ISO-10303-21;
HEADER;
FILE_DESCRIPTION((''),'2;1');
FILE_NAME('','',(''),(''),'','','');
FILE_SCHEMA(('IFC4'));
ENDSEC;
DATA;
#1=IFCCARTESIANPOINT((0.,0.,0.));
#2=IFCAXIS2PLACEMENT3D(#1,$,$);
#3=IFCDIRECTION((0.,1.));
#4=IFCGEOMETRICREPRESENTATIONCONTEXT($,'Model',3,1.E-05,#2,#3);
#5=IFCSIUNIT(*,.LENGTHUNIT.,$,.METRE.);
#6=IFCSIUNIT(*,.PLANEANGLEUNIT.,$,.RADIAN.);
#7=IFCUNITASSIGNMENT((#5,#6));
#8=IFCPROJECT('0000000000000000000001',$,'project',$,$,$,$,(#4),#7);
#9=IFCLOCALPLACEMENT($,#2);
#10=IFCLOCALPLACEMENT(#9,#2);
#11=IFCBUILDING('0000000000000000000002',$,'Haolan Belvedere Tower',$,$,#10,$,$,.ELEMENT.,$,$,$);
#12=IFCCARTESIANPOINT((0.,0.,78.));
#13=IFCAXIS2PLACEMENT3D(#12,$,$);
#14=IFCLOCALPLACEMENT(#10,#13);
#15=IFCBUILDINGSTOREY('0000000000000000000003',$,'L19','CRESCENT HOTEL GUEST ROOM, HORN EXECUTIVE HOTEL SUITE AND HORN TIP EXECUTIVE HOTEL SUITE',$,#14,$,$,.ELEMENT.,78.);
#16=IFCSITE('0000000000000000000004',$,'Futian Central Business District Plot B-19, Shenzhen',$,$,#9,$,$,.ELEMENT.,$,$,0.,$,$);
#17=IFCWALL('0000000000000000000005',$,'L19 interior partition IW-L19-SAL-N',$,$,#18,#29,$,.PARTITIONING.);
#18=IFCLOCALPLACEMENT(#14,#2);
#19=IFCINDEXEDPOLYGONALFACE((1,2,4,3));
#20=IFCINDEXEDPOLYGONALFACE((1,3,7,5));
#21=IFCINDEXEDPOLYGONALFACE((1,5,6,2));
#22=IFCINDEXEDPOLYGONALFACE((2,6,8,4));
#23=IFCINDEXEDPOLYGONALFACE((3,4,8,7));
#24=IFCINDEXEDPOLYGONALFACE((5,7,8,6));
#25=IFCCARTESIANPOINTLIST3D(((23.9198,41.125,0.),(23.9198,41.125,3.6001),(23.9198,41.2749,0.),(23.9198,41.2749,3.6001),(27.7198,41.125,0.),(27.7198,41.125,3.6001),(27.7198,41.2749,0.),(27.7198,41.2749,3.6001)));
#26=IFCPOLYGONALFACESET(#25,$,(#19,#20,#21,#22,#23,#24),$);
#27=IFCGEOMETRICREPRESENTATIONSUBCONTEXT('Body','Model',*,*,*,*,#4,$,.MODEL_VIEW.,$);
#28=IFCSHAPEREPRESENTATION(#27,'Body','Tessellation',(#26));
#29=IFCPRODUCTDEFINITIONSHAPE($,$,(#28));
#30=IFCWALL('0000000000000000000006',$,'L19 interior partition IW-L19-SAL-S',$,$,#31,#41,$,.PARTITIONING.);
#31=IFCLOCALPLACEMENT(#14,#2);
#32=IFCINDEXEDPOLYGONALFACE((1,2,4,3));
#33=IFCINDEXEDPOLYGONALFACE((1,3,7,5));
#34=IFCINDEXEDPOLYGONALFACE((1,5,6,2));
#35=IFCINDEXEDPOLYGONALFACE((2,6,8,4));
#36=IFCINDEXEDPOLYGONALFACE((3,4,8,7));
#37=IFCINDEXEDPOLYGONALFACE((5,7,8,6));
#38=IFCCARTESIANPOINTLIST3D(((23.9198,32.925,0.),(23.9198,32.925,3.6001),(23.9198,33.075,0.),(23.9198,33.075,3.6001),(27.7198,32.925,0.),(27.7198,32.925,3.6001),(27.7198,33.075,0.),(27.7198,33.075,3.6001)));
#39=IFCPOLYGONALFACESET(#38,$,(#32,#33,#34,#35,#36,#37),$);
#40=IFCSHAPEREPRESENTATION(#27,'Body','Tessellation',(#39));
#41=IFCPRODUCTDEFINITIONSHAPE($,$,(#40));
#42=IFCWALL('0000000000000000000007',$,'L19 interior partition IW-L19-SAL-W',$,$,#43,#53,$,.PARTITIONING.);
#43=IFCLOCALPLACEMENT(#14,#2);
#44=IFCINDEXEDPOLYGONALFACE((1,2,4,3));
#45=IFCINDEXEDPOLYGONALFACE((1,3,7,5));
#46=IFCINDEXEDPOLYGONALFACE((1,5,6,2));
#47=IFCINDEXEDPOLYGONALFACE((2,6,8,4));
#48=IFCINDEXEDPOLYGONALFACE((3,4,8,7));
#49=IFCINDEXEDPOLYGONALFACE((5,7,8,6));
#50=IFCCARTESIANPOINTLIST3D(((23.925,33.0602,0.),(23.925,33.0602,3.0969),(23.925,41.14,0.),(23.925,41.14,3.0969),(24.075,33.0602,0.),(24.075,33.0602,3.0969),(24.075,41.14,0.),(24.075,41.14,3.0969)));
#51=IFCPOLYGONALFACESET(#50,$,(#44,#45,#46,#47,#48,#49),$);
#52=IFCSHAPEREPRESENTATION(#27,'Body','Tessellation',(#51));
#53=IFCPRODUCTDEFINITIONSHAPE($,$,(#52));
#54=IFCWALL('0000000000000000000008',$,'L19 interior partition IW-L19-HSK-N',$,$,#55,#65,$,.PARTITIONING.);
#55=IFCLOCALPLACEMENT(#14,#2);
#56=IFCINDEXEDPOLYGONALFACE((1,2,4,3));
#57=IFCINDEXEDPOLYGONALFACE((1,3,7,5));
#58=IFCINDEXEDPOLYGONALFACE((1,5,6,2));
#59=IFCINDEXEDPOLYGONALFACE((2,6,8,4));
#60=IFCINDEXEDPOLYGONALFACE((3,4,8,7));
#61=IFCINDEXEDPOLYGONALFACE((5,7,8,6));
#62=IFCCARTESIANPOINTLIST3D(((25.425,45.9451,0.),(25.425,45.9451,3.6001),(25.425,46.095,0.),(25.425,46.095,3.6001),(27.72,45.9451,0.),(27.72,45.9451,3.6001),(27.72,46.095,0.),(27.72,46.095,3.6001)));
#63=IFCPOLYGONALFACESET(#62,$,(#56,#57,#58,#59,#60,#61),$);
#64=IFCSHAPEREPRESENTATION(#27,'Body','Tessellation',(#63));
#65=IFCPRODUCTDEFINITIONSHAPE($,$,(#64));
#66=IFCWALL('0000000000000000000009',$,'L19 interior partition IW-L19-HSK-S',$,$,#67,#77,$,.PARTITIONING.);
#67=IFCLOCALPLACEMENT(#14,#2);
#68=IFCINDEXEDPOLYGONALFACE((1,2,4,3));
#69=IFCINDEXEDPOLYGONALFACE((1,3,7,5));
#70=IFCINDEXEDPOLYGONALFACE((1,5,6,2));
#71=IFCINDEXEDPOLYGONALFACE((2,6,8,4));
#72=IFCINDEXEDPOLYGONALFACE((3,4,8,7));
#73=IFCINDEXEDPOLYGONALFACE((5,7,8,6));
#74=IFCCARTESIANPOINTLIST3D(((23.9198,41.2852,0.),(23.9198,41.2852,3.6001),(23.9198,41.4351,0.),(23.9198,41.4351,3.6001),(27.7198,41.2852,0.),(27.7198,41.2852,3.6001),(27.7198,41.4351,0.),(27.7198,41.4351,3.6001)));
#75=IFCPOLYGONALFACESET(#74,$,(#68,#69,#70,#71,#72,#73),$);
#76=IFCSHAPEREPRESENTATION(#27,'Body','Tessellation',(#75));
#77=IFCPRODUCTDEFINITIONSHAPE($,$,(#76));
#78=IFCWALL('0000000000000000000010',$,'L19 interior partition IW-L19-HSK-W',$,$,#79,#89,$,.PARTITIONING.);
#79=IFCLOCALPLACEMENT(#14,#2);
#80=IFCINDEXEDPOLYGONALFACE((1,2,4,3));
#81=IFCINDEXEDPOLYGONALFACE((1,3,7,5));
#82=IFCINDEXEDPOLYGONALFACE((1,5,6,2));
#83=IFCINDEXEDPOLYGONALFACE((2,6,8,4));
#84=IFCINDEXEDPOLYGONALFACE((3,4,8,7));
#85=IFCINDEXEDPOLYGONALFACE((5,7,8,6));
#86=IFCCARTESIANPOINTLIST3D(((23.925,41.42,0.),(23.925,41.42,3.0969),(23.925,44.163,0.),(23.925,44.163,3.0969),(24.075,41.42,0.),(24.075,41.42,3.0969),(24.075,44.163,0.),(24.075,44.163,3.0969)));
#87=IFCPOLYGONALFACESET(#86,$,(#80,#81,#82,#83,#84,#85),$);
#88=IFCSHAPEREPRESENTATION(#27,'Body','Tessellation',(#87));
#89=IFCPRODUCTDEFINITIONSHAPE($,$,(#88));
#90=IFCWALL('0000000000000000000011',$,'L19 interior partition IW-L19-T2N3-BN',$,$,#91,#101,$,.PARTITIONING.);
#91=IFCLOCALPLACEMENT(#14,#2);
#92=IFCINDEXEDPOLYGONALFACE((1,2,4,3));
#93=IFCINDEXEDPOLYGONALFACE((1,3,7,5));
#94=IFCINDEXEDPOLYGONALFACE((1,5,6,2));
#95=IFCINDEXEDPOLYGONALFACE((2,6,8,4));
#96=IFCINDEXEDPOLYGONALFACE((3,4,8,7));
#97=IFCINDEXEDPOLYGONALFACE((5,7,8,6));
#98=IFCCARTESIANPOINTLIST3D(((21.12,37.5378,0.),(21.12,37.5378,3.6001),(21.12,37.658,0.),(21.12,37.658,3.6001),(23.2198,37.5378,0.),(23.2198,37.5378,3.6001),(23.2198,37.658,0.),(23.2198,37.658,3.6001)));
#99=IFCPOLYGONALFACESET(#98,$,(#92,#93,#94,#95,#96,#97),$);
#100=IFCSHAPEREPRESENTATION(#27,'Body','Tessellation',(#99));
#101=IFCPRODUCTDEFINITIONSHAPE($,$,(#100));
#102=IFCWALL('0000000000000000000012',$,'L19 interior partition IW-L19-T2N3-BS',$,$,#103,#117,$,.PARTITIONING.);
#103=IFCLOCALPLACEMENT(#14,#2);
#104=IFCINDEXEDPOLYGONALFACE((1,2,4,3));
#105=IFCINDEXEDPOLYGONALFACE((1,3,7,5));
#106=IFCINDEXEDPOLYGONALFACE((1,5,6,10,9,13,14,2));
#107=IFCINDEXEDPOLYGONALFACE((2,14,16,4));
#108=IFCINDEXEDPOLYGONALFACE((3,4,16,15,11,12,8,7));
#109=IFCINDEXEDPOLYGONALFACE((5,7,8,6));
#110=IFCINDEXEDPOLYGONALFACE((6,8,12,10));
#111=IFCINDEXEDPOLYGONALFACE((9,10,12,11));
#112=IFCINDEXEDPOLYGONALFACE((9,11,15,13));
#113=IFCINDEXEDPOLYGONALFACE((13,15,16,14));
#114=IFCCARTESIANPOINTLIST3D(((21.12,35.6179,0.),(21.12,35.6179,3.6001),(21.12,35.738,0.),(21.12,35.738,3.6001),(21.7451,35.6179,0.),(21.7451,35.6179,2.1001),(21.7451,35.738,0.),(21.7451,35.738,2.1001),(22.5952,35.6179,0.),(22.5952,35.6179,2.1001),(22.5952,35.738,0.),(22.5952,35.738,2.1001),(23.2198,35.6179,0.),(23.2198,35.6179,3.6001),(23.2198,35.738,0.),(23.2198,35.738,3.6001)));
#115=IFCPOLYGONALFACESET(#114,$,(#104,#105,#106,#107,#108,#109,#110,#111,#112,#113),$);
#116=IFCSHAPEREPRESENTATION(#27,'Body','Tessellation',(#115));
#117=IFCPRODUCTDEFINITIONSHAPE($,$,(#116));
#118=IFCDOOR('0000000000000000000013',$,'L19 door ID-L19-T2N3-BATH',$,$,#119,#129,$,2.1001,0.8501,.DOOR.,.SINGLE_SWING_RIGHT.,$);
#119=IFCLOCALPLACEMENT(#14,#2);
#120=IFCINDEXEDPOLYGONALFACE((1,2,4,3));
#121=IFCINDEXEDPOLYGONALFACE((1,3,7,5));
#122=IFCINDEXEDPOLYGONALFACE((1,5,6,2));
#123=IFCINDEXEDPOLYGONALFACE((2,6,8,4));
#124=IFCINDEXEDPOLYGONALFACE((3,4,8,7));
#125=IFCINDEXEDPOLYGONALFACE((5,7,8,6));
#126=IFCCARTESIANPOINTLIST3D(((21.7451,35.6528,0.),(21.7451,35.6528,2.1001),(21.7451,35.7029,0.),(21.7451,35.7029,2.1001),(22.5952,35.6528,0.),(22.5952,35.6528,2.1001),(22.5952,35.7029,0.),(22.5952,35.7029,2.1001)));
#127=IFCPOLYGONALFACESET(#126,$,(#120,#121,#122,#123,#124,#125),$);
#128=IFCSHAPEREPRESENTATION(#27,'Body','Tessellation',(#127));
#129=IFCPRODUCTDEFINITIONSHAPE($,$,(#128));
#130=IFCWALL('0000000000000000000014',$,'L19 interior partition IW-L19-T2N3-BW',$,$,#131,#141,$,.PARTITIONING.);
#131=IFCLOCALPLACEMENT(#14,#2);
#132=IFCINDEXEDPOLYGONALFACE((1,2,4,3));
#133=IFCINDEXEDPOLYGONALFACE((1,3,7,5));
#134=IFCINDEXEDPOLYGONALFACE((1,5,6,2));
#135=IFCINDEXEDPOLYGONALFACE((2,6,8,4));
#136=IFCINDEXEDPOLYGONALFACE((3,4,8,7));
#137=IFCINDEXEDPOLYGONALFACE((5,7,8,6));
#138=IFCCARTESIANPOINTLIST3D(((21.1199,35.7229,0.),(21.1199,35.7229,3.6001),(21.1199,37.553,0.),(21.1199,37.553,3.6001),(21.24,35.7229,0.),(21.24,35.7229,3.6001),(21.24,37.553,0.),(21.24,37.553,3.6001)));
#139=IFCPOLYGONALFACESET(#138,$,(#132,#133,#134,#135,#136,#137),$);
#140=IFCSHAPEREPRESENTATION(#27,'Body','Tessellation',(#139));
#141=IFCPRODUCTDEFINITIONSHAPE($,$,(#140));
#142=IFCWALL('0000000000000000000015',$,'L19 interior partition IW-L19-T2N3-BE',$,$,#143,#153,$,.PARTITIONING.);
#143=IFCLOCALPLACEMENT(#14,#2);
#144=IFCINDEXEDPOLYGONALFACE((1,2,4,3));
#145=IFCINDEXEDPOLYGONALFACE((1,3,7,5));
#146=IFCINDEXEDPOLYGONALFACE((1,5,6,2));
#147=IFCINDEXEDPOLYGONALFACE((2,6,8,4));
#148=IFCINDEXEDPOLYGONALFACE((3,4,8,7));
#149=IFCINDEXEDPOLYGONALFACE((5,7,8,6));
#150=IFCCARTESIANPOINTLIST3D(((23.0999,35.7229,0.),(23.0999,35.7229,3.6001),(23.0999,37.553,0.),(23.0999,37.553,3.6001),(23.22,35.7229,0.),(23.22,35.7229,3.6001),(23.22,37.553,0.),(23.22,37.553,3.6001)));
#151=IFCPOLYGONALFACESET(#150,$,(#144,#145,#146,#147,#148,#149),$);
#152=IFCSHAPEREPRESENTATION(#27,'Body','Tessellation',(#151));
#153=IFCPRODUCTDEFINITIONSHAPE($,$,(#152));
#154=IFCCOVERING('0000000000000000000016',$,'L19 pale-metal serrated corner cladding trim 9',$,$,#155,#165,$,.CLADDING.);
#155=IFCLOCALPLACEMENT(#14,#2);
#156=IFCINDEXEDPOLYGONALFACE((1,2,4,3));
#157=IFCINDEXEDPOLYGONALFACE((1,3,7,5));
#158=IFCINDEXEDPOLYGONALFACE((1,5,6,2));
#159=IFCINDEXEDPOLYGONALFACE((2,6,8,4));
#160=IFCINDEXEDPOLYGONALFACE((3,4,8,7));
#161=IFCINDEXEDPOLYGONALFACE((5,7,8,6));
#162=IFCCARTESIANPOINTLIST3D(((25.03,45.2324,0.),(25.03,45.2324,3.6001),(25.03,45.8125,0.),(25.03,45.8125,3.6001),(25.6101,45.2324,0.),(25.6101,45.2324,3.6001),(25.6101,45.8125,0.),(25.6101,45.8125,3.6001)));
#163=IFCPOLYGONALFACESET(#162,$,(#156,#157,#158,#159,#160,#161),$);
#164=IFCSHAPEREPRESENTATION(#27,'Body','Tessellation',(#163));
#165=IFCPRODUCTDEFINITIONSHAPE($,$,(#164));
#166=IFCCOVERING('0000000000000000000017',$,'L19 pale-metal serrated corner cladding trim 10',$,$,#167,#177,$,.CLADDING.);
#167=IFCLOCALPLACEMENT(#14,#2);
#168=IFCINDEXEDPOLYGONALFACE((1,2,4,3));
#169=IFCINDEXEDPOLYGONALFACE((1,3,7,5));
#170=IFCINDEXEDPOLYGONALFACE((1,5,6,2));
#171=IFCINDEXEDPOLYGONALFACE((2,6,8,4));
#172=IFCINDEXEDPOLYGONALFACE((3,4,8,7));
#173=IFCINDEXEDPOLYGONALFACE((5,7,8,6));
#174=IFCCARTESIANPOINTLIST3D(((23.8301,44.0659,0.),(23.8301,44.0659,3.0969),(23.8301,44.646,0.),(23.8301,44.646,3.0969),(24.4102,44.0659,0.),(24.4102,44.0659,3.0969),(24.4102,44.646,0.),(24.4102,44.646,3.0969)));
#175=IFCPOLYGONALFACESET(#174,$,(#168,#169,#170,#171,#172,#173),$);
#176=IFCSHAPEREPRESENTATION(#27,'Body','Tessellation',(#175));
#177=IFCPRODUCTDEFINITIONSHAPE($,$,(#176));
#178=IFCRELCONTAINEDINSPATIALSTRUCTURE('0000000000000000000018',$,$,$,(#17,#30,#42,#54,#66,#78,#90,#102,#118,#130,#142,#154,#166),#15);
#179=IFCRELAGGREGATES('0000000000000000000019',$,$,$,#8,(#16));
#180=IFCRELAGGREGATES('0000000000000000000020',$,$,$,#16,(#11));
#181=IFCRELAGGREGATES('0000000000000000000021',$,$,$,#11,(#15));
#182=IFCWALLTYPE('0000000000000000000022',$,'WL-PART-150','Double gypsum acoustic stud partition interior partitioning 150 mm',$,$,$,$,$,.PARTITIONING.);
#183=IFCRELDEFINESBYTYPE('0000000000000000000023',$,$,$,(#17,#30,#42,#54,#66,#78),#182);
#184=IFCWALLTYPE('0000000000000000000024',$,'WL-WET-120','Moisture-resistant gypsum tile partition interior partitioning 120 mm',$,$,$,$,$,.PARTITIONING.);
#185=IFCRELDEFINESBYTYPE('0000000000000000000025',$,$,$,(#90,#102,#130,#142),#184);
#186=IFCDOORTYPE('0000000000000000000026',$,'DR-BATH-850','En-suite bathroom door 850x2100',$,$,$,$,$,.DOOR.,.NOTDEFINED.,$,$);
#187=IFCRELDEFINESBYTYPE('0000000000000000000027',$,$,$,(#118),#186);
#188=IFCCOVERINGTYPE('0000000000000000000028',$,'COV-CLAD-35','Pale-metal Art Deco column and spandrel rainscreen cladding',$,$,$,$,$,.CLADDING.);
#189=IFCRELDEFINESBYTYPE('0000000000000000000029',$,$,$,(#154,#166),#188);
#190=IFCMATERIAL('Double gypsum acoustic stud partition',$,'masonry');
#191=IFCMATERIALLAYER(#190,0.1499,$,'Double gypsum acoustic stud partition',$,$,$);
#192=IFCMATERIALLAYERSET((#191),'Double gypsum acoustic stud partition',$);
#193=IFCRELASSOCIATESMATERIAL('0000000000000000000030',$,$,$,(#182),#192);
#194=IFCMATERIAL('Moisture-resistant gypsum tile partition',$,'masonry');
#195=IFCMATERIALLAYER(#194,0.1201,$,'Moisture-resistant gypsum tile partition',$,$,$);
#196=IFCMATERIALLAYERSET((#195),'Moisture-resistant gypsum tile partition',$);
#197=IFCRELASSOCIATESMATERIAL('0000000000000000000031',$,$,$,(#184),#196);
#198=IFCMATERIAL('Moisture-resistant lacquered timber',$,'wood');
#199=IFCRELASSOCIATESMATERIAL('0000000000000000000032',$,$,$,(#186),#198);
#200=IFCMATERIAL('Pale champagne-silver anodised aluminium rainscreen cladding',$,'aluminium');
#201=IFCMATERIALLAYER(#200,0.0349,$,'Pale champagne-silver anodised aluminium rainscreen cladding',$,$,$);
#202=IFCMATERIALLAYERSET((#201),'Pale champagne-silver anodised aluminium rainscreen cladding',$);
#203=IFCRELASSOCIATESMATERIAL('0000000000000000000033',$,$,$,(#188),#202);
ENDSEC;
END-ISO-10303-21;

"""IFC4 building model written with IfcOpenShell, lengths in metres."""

from ifc_helpers import new_model, si_unit, direction, frame, frame_2d, origin, origin_2d, place, context, subcontext, project, spatial, rectangle, extrude, material, layer, layer_set, type_object, element, fill, save


model = new_model("IFC4")

# Units and contexts
model_context = context("Model", 3, precision=1e-05, world=origin(), true_north=direction((0.0, 1.0)))
body_context = subcontext(model_context, "Body", "Model", "MODEL_VIEW")
ifc_project = project(units=[si_unit("LENGTHUNIT", "METRE"), si_unit("PLANEANGLEUNIT", "RADIAN")], contexts=[model_context])

# Site, building, storey
site_placement = place(None, origin())
site = spatial("IfcSite", under=ifc_project, at=site_placement, Name="Futian Central Business District Plot B-19, Shenzhen", CompositionType="ELEMENT", RefElevation=0.0)
building_placement = place(site_placement, origin())
building = spatial("IfcBuilding", under=site, at=building_placement, Name="Haolan Belvedere Tower", CompositionType="ELEMENT")
storey_placement = place(building_placement, frame((0.0, 0.0, 78.0)))
storey = spatial("IfcBuildingStorey", under=building, at=storey_placement, Name="L19", Description="CRESCENT HOTEL GUEST ROOM, HORN EXECUTIVE HOTEL SUITE AND HORN TIP EXECUTIVE HOTEL SUITE", CompositionType="ELEMENT", Elevation=78.0)

# Walls
ifc_material_1 = material(Name="Double gypsum acoustic stud partition", Category="masonry")
ifc_layer_1 = layer(ifc_material_1, 0.1499, Name="Double gypsum acoustic stud partition")
ifc_layer_set_1 = layer_set([ifc_layer_1], Name="Double gypsum acoustic stud partition")
wall_type_1 = type_object("IfcWallType", Name="WL-PART-150", Description="Double gypsum acoustic stud partition interior partitioning 150 mm", PredefinedType="PARTITIONING", material=ifc_layer_set_1)
for number, where, z_axis, x_axis, name in (
    (1, (23.9199, 41.2, 0.0), (0.0, 0.0, 1.0), (1.0, 0.0, 0.0), "L19 interior partition IW-L19-SAL-N"),
    (2, (23.9199, 33.0, 0.0), (0.0, 0.0, 1.0), (1.0, 0.0, 0.0), "L19 interior partition IW-L19-SAL-S"),
):
    element("IfcWall", number, at=place(storey_placement, frame(where, z_axis=z_axis, x_axis=x_axis)), inside=storey, type_object=wall_type_1, Name=name, PredefinedType="PARTITIONING", context=body_context, shape_type="SweptSolid", body=[
        extrude(rectangle(XDim=3.8, YDim=0.1499, at=frame_2d((1.8999, 0.0))), origin(), (0.0, 0.0, 1.0), 3.6001),
    ])
wall_1_placement = place(storey_placement, frame((24.0, 33.0601, 0.0), z_axis=(0.0, 0.0, 1.0), x_axis=(0.0, 1.0, 0.0)))
element("IfcWall", 3, at=wall_1_placement, inside=storey, type_object=wall_type_1, Name="L19 interior partition IW-L19-SAL-W", PredefinedType="PARTITIONING", context=body_context, shape_type="SweptSolid", body=[
    extrude(rectangle(XDim=8.0798, YDim=0.1499, at=frame_2d((4.04, 0.0))), origin(), (0.0, 0.0, 1.0), 3.0969),
])
wall_2_placement = place(storey_placement, frame((25.425, 46.02, 0.0), z_axis=(0.0, 0.0, 1.0), x_axis=(1.0, 0.0, 0.0)))
element("IfcWall", 4, at=wall_2_placement, inside=storey, type_object=wall_type_1, Name="L19 interior partition IW-L19-HSK-N", PredefinedType="PARTITIONING", context=body_context, shape_type="SweptSolid", body=[
    extrude(rectangle(XDim=2.2949, YDim=0.1499, at=frame_2d((1.1475, 0.0))), origin(), (0.0, 0.0, 1.0), 3.6001),
])
wall_3_placement = place(storey_placement, frame((23.9199, 41.3601, 0.0), z_axis=(0.0, 0.0, 1.0), x_axis=(1.0, 0.0, 0.0)))
element("IfcWall", 5, at=wall_3_placement, inside=storey, type_object=wall_type_1, Name="L19 interior partition IW-L19-HSK-S", PredefinedType="PARTITIONING", context=body_context, shape_type="SweptSolid", body=[
    extrude(rectangle(XDim=3.8, YDim=0.1499, at=frame_2d((1.8999, 0.0))), origin(), (0.0, 0.0, 1.0), 3.6001),
])
wall_4_placement = place(storey_placement, frame((24.0, 41.4199, 0.0), z_axis=(0.0, 0.0, 1.0), x_axis=(0.0, 1.0, 0.0)))
element("IfcWall", 6, at=wall_4_placement, inside=storey, type_object=wall_type_1, Name="L19 interior partition IW-L19-HSK-W", PredefinedType="PARTITIONING", context=body_context, shape_type="SweptSolid", body=[
    extrude(rectangle(XDim=2.7429, YDim=0.1499, at=frame_2d((1.3716, 0.0))), origin(), (0.0, 0.0, 1.0), 3.0969),
])

# Wall
ifc_material_2 = material(Name="Moisture-resistant gypsum tile partition", Category="masonry")
ifc_layer_2 = layer(ifc_material_2, 0.1201, Name="Moisture-resistant gypsum tile partition")
ifc_layer_set_2 = layer_set([ifc_layer_2], Name="Moisture-resistant gypsum tile partition")
wall_type_2 = type_object("IfcWallType", Name="WL-WET-120", Description="Moisture-resistant gypsum tile partition interior partitioning 120 mm", PredefinedType="PARTITIONING", material=ifc_layer_set_2)
wall_5_placement = place(storey_placement, frame((21.1201, 37.5979, 0.0), z_axis=(0.0, 0.0, 1.0), x_axis=(1.0, 0.0, 0.0)))
element("IfcWall", 7, at=wall_5_placement, inside=storey, type_object=wall_type_2, Name="L19 interior partition IW-L19-T2N3-BN", PredefinedType="PARTITIONING", context=body_context, shape_type="SweptSolid", body=[
    extrude(rectangle(XDim=2.0999, YDim=0.1201, at=frame_2d((1.0498, 0.0))), origin(), (0.0, 0.0, 1.0), 3.6001),
])

# Wall, opening, door
wall_6_placement = place(storey_placement, frame((21.1201, 35.678, 0.0), z_axis=(0.0, 0.0, 1.0), x_axis=(1.0, 0.0, 0.0)))
wall_6 = element("IfcWall", 8, at=wall_6_placement, inside=storey, type_object=wall_type_2, Name="L19 interior partition IW-L19-T2N3-BS", PredefinedType="PARTITIONING", context=body_context, shape_type="SweptSolid", body=[
    extrude(rectangle(XDim=2.0999, YDim=0.1201, at=frame_2d((1.0498, 0.0))), origin(), (0.0, 0.0, 1.0), 3.6001),
])
opening_1_placement = place(wall_6_placement, frame((0.625, 0.0, 0.0)))
opening_1 = element("IfcOpeningElement", 9, at=opening_1_placement, cuts=wall_6, PredefinedType="OPENING", context=body_context, shape_type="SweptSolid", body=[
    extrude(rectangle(XDim=0.8501, YDim=2.1001, at=frame_2d((0.425, 1.05))), frame((0.0, 0.0701, 0.0), z_axis=(0.0, -1.0, 0.0), x_axis=(1.0, 0.0, 0.0)), (0.0, 0.0, 1.0), 0.1401),
])
ifc_material_3 = material(Name="Moisture-resistant lacquered timber", Category="wood")
door_type_1 = type_object("IfcDoorType", Name="DR-BATH-850", Description="En-suite bathroom door 850x2100", OperationType="NOTDEFINED", PredefinedType="DOOR", material=ifc_material_3)
door_1_placement = place(opening_1_placement, origin())
door_1 = element("IfcDoor", 10, at=door_1_placement, inside=storey, type_object=door_type_1, Name="L19 door ID-L19-T2N3-BATH", OperationType="SINGLE_SWING_RIGHT", OverallHeight=2.1001, OverallWidth=0.8501, PredefinedType="DOOR", context=body_context, shape_type="SweptSolid", body=[
    extrude(rectangle(XDim=0.8501, YDim=2.1001, at=frame_2d((0.425, 1.05))), frame((0.0, 0.0249, 0.0), z_axis=(0.0, -1.0, 0.0), x_axis=(1.0, 0.0, 0.0)), (0.0, 0.0, 1.0), 0.05),
])
fill(opening_1, door_1)

# Walls
for number, where, z_axis, x_axis, name in (
    (11, (21.1799, 35.7229, 0.0), (0.0, 0.0, 1.0), (0.0, 1.0, 0.0), "L19 interior partition IW-L19-T2N3-BW"),
    (12, (23.1599, 35.7229, 0.0), (0.0, 0.0, 1.0), (0.0, 1.0, 0.0), "L19 interior partition IW-L19-T2N3-BE"),
):
    element("IfcWall", number, at=place(storey_placement, frame(where, z_axis=z_axis, x_axis=x_axis)), inside=storey, type_object=wall_type_2, Name=name, PredefinedType="PARTITIONING", context=body_context, shape_type="SweptSolid", body=[
        extrude(rectangle(XDim=1.8301, YDim=0.1201, at=frame_2d((0.915, 0.0))), origin(), (0.0, 0.0, 1.0), 3.6001),
    ])

# Coverings
ifc_material_4 = material(Name="Pale champagne-silver anodised aluminium rainscreen cladding", Category="aluminium")
ifc_layer_3 = layer(ifc_material_4, 0.0349, Name="Pale champagne-silver anodised aluminium rainscreen cladding")
ifc_layer_set_3 = layer_set([ifc_layer_3], Name="Pale champagne-silver anodised aluminium rainscreen cladding")
covering_type = type_object("IfcCoveringType", Name="COV-CLAD-35", Description="Pale-metal Art Deco column and spandrel rainscreen cladding", PredefinedType="CLADDING", material=ifc_layer_set_3)
covering_1_placement = place(storey_placement, frame((25.3201, 45.5225, 0.0), z_axis=(0.0, 0.0, 1.0), x_axis=(1.0, 0.0, 0.0)))
element("IfcCovering", 13, at=covering_1_placement, inside=storey, type_object=covering_type, Name="L19 pale-metal serrated corner cladding trim 9", PredefinedType="CLADDING", context=body_context, shape_type="SweptSolid", body=[
    extrude(rectangle(XDim=0.5801, YDim=0.5801, at=origin_2d()), origin(), (0.0, 0.0, 1.0), 3.6001),
])
covering_2_placement = place(storey_placement, frame((24.1201, 44.356, 0.0), z_axis=(0.0, 0.0, 1.0), x_axis=(1.0, 0.0, 0.0)))
element("IfcCovering", 14, at=covering_2_placement, inside=storey, type_object=covering_type, Name="L19 pale-metal serrated corner cladding trim 10", PredefinedType="CLADDING", context=body_context, shape_type="SweptSolid", body=[
    extrude(rectangle(XDim=0.5801, YDim=0.5801, at=origin_2d()), origin(), (0.0, 0.0, 1.0), 3.0969),
])

save(model, "model.ifc")
